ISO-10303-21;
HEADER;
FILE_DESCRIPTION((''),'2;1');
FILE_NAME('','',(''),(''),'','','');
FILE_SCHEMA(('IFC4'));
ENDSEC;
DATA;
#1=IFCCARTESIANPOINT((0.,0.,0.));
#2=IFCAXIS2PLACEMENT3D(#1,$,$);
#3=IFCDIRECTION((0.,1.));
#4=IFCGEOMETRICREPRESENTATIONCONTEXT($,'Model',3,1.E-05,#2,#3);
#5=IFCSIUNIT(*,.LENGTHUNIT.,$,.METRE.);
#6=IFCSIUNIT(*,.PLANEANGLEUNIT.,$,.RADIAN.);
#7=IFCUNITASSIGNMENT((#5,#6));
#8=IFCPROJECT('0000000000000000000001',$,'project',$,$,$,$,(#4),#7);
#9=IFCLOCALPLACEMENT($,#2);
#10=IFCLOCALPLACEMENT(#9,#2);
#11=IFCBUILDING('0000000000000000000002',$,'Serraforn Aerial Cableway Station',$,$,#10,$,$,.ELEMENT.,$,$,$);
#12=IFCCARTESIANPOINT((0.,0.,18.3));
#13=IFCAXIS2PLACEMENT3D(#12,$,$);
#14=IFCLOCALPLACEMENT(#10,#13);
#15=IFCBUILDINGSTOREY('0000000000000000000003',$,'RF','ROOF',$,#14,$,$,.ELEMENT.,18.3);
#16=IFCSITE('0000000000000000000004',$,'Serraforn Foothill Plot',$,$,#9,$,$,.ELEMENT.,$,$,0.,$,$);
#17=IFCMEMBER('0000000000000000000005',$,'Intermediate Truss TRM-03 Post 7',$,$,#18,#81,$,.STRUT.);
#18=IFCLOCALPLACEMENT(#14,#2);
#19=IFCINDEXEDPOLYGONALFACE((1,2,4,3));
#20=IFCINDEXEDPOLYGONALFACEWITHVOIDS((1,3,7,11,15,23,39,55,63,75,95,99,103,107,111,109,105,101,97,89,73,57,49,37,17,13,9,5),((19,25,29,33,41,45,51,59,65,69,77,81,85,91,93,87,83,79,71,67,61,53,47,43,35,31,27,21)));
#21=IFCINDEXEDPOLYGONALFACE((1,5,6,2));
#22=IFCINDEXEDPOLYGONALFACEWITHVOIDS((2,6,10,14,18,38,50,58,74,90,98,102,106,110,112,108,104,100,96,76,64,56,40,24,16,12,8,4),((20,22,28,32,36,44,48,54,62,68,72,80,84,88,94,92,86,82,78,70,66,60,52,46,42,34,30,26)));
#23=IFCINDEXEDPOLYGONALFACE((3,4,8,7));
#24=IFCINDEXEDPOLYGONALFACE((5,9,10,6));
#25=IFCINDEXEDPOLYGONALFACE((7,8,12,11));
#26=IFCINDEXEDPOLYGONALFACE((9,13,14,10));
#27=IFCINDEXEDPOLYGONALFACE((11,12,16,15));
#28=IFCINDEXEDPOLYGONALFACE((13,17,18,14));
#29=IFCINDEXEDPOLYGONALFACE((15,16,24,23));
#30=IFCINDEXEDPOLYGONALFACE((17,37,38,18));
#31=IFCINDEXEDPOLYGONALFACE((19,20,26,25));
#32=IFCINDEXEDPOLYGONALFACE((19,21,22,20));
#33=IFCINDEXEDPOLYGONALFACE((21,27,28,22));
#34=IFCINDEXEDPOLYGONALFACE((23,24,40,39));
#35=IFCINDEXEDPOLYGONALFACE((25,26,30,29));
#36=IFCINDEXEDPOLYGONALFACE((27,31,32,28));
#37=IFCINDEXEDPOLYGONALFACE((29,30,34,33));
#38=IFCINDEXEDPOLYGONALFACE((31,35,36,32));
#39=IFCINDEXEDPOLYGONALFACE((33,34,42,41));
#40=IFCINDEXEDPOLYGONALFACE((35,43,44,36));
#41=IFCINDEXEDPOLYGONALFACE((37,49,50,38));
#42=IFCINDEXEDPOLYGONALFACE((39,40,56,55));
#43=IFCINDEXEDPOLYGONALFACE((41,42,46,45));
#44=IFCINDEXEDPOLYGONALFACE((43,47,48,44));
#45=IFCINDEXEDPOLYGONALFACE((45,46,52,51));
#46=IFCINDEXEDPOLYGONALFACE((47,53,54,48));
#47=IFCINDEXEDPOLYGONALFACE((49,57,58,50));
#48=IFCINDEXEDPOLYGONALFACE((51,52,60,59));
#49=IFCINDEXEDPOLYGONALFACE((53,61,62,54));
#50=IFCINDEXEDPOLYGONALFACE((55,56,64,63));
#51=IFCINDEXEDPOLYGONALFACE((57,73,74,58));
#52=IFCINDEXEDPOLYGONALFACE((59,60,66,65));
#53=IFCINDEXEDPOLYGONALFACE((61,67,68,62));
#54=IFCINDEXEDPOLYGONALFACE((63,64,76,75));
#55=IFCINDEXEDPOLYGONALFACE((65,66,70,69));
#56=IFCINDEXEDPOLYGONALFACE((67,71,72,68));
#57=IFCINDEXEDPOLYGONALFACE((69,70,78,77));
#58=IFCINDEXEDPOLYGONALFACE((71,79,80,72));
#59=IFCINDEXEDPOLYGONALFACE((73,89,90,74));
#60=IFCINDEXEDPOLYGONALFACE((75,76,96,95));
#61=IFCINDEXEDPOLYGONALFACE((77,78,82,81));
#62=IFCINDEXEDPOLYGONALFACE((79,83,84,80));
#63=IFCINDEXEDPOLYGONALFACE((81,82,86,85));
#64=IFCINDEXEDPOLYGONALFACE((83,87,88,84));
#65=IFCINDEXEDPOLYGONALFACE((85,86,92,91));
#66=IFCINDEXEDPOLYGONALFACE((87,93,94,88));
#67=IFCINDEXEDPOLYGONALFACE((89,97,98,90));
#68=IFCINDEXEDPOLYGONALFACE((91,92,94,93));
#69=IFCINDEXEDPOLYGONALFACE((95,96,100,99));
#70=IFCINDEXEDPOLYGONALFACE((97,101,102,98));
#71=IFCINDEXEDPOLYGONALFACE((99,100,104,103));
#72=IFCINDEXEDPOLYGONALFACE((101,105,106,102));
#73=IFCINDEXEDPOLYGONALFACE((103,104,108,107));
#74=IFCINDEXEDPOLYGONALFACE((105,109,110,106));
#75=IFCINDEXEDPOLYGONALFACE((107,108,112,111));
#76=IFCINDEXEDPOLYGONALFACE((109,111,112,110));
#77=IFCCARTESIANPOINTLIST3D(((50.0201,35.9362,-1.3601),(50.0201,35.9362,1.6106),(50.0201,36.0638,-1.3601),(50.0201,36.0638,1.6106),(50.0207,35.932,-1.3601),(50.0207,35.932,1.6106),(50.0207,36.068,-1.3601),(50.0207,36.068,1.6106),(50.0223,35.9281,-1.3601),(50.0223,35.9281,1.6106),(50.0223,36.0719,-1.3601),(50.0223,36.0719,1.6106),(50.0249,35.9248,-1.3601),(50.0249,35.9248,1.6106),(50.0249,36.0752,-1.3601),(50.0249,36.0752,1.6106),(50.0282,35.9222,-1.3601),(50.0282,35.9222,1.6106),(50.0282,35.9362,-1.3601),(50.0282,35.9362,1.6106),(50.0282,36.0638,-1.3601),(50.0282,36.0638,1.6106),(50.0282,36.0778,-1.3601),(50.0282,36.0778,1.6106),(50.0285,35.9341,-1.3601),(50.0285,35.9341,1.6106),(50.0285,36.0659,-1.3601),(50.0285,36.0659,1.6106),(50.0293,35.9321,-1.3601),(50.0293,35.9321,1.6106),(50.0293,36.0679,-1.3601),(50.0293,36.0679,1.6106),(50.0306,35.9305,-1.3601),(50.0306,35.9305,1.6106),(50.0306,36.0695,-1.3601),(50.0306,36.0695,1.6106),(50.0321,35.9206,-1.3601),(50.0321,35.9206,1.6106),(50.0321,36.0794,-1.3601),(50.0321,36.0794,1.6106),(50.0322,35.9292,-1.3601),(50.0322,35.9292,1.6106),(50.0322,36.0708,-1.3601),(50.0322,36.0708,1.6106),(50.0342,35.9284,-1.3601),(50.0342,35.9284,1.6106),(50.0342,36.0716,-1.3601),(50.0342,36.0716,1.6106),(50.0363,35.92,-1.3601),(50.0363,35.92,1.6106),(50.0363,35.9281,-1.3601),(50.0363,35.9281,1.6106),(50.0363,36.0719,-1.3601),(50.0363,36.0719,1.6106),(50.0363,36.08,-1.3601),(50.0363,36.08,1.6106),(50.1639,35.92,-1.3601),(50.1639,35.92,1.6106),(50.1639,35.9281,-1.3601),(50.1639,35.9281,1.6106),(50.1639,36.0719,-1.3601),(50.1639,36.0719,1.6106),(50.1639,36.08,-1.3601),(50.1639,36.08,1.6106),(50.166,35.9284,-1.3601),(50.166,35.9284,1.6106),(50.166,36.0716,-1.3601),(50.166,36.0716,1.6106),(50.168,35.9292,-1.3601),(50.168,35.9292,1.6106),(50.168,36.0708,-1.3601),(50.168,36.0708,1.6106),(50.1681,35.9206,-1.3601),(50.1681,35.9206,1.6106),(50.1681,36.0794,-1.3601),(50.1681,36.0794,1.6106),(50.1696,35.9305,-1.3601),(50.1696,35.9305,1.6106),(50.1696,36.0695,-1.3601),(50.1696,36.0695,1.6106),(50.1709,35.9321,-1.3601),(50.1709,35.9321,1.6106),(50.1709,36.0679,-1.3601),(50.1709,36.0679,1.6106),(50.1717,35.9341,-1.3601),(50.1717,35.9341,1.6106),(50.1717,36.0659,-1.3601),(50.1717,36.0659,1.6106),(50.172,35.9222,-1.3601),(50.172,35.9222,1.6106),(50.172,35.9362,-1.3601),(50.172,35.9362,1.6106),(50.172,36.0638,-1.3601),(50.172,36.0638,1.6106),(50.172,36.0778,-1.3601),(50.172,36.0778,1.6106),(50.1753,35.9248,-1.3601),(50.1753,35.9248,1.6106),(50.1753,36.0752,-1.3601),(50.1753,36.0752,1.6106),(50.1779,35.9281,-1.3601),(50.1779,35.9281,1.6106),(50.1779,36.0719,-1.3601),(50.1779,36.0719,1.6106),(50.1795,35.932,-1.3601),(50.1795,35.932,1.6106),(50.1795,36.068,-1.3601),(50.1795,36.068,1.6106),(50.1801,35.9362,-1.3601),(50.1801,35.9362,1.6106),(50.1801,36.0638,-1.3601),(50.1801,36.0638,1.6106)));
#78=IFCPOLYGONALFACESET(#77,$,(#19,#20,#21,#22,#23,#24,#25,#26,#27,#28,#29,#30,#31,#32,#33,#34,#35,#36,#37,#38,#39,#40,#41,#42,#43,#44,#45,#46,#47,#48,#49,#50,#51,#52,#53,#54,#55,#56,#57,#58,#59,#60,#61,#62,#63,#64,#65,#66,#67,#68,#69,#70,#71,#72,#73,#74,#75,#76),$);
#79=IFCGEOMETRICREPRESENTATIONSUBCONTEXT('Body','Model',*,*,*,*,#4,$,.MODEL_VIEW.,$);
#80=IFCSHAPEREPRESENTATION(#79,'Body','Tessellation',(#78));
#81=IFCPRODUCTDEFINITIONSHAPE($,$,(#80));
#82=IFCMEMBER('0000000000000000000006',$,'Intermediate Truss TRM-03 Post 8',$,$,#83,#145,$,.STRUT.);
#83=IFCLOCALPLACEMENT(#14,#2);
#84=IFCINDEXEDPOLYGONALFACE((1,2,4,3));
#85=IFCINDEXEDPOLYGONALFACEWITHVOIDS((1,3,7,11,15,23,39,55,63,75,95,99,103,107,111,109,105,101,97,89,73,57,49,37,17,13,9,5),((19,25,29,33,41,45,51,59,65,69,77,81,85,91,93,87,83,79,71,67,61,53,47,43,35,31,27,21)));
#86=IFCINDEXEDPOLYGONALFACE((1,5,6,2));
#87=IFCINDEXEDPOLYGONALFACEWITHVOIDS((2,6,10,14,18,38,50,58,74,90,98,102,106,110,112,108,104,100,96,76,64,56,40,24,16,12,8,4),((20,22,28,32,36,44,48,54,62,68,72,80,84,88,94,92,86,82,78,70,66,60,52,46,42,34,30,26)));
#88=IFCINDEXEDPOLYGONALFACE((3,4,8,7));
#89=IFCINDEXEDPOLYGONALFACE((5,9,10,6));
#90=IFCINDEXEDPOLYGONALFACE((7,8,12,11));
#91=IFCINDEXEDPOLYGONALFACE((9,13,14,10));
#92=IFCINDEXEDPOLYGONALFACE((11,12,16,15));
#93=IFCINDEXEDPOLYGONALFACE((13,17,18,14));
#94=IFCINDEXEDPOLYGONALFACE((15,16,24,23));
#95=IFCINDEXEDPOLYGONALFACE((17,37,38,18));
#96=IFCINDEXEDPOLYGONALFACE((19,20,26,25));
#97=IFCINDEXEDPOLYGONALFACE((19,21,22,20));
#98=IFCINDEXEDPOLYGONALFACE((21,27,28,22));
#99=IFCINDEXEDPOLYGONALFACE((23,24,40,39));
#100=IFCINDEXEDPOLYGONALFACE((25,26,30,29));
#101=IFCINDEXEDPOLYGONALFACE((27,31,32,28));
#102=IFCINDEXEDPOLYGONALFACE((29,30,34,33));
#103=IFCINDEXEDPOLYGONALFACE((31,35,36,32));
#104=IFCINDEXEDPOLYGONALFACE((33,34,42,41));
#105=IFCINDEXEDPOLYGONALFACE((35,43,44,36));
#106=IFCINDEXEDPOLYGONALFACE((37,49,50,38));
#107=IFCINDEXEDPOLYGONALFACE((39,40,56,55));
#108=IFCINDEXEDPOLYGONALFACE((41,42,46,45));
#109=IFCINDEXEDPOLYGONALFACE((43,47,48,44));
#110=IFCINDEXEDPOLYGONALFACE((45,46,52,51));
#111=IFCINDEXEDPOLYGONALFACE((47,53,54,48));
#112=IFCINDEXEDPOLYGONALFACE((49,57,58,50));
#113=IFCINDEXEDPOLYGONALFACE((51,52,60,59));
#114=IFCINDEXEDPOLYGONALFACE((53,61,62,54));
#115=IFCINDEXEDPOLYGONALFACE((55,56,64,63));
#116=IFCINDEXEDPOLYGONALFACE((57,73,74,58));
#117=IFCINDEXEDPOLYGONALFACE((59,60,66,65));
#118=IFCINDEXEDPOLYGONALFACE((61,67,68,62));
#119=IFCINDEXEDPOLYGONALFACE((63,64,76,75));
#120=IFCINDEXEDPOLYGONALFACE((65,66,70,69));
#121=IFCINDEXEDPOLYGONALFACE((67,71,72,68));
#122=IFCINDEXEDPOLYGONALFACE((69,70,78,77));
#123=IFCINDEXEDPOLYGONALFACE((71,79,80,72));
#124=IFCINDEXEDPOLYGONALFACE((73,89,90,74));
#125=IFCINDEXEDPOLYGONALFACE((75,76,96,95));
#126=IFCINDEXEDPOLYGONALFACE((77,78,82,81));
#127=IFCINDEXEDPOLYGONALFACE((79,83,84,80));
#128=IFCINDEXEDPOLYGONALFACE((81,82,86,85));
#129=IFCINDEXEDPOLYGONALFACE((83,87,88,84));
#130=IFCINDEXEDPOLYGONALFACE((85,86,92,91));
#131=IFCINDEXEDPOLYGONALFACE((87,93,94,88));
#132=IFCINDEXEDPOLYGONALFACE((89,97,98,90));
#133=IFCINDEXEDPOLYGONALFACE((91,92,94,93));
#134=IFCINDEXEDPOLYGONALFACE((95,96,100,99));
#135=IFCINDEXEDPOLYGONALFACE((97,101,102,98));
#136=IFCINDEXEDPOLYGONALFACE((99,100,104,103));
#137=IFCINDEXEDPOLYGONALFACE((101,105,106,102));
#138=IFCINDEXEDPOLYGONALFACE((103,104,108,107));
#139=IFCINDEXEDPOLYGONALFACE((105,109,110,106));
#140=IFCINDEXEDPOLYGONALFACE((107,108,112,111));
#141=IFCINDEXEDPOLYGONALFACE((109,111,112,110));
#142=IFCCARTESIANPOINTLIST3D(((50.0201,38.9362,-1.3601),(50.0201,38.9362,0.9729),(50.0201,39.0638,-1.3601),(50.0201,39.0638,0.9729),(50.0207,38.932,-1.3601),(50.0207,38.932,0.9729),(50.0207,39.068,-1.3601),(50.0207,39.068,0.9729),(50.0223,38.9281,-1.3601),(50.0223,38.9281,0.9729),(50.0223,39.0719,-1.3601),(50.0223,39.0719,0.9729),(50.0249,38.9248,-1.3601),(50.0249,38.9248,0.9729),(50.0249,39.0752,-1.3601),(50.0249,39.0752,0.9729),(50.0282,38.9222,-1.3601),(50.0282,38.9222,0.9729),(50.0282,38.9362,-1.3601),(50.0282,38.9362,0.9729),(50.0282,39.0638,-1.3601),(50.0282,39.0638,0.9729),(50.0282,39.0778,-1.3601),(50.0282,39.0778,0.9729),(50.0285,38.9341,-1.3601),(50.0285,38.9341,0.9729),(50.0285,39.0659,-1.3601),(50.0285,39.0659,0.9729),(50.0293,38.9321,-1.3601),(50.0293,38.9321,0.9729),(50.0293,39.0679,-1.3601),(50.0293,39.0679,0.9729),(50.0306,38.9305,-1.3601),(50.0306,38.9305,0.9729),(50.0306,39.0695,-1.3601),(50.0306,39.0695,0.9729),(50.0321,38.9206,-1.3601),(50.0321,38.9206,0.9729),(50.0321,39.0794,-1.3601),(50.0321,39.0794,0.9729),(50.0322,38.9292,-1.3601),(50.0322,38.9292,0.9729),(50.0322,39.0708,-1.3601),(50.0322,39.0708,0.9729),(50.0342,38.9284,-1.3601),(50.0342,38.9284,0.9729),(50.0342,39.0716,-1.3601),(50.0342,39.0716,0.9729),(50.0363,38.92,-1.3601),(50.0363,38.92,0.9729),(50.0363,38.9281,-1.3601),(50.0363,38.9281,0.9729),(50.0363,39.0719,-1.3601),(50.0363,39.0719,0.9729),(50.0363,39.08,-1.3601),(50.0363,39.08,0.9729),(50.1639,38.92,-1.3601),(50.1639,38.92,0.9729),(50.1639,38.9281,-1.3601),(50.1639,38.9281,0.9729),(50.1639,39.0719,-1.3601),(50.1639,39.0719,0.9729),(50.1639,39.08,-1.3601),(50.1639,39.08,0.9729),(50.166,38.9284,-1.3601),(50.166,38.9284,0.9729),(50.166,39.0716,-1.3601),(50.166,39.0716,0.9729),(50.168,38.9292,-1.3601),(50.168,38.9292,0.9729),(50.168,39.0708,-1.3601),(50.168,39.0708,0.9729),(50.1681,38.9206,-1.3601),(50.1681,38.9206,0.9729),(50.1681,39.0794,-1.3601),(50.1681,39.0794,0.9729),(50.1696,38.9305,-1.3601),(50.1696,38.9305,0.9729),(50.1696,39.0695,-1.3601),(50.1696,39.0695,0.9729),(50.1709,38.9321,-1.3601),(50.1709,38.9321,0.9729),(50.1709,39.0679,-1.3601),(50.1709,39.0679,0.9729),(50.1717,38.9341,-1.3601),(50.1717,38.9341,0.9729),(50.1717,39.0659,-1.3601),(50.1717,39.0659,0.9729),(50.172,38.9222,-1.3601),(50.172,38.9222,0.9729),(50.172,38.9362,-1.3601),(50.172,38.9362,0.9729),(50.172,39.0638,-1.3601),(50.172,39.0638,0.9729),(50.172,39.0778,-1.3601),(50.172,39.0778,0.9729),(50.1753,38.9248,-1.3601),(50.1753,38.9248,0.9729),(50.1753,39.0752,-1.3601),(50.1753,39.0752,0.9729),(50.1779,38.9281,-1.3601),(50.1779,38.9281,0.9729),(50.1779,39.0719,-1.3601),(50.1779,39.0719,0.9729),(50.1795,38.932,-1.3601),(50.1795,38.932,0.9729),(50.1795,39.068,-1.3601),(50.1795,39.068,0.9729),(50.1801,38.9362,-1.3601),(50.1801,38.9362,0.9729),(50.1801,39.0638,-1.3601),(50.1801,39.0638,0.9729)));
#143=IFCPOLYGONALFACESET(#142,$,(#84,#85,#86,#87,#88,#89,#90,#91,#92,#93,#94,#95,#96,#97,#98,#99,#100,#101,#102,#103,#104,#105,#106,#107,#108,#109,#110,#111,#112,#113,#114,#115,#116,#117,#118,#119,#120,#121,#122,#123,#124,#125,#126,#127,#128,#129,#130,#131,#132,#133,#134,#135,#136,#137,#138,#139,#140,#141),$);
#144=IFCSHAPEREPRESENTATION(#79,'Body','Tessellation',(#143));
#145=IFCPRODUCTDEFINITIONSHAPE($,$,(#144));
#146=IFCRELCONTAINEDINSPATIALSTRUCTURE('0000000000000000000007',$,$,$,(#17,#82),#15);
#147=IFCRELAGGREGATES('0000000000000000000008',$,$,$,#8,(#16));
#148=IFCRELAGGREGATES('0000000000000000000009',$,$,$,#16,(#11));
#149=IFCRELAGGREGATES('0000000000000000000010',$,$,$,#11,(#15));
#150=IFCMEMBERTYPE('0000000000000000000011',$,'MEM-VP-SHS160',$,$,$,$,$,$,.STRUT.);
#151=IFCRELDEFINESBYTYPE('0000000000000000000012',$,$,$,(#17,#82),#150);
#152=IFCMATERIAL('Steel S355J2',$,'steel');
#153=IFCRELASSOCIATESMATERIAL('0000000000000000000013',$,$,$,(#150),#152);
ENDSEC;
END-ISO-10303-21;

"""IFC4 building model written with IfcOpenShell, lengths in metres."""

from ifc_helpers import new_model, si_unit, direction, frame, origin, origin_2d, place, context, subcontext, project, spatial, hollow_rectangle, extrude, material, material_profile, profile_set, type_object, element, save


model = new_model("IFC4")

# Units and contexts
model_context = context("Model", 3, precision=1e-05, world=origin(), true_north=direction((0.0, 1.0)))
body_context = subcontext(model_context, "Body", "Model", "MODEL_VIEW")
ifc_project = project(units=[si_unit("LENGTHUNIT", "METRE"), si_unit("PLANEANGLEUNIT", "RADIAN")], contexts=[model_context])

# Site, building, storey
site_placement = place(None, origin())
site = spatial("IfcSite", under=ifc_project, at=site_placement, Name="Serraforn Foothill Plot", CompositionType="ELEMENT", RefElevation=0.0)
building_placement = place(site_placement, origin())
building = spatial("IfcBuilding", under=site, at=building_placement, Name="Serraforn Aerial Cableway Station", CompositionType="ELEMENT")
storey_placement = place(building_placement, frame((0.0, 0.0, 18.3)))
storey = spatial("IfcBuildingStorey", under=building, at=storey_placement, Name="RF", Description="ROOF", CompositionType="ELEMENT", Elevation=18.3)

# Shared definitions
ifc_material_1 = material(Name="Steel S355J2", Category="steel")

# Members
ifc_material_profile_1 = material_profile(ifc_material_1, hollow_rectangle(XDim=0.1599, YDim=0.1599, WallThickness=0.0081, InnerFilletRadius=0.0081, OuterFilletRadius=0.0161, at=origin_2d()), Name="SHS 160x160x8.0")
ifc_profile_set_1 = profile_set([ifc_material_profile_1], Name="Steel S355J2")
member_type_1 = type_object("IfcMemberType", Name="MEM-VP-SHS160", PredefinedType="STRUT", material=ifc_profile_set_1)
member_1_placement = place(storey_placement, frame((50.1001, 36.0, -1.3601), z_axis=(0.0, 0.0, 1.0), x_axis=(1.0, 0.0, 0.0)))
element("IfcMember", 1, at=member_1_placement, inside=storey, type_object=member_type_1, Name="Intermediate Truss TRM-03 Post 7", PredefinedType="STRUT", context=body_context, shape_type="SweptSolid", body=[
    extrude(hollow_rectangle(XDim=0.1599, YDim=0.1599, WallThickness=0.0081, InnerFilletRadius=0.0081, OuterFilletRadius=0.0161, at=origin_2d()), origin(), (0.0, 0.0, 1.0), 2.9707),
])
member_2_placement = place(storey_placement, frame((50.1001, 39.0, -1.3601), z_axis=(0.0, 0.0, 1.0), x_axis=(1.0, 0.0, 0.0)))
element("IfcMember", 2, at=member_2_placement, inside=storey, type_object=member_type_1, Name="Intermediate Truss TRM-03 Post 8", PredefinedType="STRUT", context=body_context, shape_type="SweptSolid", body=[
    extrude(hollow_rectangle(XDim=0.1599, YDim=0.1599, WallThickness=0.0081, InnerFilletRadius=0.0081, OuterFilletRadius=0.0161, at=origin_2d()), origin(), (0.0, 0.0, 1.0), 2.333),
])

save(model, "model.ifc")
